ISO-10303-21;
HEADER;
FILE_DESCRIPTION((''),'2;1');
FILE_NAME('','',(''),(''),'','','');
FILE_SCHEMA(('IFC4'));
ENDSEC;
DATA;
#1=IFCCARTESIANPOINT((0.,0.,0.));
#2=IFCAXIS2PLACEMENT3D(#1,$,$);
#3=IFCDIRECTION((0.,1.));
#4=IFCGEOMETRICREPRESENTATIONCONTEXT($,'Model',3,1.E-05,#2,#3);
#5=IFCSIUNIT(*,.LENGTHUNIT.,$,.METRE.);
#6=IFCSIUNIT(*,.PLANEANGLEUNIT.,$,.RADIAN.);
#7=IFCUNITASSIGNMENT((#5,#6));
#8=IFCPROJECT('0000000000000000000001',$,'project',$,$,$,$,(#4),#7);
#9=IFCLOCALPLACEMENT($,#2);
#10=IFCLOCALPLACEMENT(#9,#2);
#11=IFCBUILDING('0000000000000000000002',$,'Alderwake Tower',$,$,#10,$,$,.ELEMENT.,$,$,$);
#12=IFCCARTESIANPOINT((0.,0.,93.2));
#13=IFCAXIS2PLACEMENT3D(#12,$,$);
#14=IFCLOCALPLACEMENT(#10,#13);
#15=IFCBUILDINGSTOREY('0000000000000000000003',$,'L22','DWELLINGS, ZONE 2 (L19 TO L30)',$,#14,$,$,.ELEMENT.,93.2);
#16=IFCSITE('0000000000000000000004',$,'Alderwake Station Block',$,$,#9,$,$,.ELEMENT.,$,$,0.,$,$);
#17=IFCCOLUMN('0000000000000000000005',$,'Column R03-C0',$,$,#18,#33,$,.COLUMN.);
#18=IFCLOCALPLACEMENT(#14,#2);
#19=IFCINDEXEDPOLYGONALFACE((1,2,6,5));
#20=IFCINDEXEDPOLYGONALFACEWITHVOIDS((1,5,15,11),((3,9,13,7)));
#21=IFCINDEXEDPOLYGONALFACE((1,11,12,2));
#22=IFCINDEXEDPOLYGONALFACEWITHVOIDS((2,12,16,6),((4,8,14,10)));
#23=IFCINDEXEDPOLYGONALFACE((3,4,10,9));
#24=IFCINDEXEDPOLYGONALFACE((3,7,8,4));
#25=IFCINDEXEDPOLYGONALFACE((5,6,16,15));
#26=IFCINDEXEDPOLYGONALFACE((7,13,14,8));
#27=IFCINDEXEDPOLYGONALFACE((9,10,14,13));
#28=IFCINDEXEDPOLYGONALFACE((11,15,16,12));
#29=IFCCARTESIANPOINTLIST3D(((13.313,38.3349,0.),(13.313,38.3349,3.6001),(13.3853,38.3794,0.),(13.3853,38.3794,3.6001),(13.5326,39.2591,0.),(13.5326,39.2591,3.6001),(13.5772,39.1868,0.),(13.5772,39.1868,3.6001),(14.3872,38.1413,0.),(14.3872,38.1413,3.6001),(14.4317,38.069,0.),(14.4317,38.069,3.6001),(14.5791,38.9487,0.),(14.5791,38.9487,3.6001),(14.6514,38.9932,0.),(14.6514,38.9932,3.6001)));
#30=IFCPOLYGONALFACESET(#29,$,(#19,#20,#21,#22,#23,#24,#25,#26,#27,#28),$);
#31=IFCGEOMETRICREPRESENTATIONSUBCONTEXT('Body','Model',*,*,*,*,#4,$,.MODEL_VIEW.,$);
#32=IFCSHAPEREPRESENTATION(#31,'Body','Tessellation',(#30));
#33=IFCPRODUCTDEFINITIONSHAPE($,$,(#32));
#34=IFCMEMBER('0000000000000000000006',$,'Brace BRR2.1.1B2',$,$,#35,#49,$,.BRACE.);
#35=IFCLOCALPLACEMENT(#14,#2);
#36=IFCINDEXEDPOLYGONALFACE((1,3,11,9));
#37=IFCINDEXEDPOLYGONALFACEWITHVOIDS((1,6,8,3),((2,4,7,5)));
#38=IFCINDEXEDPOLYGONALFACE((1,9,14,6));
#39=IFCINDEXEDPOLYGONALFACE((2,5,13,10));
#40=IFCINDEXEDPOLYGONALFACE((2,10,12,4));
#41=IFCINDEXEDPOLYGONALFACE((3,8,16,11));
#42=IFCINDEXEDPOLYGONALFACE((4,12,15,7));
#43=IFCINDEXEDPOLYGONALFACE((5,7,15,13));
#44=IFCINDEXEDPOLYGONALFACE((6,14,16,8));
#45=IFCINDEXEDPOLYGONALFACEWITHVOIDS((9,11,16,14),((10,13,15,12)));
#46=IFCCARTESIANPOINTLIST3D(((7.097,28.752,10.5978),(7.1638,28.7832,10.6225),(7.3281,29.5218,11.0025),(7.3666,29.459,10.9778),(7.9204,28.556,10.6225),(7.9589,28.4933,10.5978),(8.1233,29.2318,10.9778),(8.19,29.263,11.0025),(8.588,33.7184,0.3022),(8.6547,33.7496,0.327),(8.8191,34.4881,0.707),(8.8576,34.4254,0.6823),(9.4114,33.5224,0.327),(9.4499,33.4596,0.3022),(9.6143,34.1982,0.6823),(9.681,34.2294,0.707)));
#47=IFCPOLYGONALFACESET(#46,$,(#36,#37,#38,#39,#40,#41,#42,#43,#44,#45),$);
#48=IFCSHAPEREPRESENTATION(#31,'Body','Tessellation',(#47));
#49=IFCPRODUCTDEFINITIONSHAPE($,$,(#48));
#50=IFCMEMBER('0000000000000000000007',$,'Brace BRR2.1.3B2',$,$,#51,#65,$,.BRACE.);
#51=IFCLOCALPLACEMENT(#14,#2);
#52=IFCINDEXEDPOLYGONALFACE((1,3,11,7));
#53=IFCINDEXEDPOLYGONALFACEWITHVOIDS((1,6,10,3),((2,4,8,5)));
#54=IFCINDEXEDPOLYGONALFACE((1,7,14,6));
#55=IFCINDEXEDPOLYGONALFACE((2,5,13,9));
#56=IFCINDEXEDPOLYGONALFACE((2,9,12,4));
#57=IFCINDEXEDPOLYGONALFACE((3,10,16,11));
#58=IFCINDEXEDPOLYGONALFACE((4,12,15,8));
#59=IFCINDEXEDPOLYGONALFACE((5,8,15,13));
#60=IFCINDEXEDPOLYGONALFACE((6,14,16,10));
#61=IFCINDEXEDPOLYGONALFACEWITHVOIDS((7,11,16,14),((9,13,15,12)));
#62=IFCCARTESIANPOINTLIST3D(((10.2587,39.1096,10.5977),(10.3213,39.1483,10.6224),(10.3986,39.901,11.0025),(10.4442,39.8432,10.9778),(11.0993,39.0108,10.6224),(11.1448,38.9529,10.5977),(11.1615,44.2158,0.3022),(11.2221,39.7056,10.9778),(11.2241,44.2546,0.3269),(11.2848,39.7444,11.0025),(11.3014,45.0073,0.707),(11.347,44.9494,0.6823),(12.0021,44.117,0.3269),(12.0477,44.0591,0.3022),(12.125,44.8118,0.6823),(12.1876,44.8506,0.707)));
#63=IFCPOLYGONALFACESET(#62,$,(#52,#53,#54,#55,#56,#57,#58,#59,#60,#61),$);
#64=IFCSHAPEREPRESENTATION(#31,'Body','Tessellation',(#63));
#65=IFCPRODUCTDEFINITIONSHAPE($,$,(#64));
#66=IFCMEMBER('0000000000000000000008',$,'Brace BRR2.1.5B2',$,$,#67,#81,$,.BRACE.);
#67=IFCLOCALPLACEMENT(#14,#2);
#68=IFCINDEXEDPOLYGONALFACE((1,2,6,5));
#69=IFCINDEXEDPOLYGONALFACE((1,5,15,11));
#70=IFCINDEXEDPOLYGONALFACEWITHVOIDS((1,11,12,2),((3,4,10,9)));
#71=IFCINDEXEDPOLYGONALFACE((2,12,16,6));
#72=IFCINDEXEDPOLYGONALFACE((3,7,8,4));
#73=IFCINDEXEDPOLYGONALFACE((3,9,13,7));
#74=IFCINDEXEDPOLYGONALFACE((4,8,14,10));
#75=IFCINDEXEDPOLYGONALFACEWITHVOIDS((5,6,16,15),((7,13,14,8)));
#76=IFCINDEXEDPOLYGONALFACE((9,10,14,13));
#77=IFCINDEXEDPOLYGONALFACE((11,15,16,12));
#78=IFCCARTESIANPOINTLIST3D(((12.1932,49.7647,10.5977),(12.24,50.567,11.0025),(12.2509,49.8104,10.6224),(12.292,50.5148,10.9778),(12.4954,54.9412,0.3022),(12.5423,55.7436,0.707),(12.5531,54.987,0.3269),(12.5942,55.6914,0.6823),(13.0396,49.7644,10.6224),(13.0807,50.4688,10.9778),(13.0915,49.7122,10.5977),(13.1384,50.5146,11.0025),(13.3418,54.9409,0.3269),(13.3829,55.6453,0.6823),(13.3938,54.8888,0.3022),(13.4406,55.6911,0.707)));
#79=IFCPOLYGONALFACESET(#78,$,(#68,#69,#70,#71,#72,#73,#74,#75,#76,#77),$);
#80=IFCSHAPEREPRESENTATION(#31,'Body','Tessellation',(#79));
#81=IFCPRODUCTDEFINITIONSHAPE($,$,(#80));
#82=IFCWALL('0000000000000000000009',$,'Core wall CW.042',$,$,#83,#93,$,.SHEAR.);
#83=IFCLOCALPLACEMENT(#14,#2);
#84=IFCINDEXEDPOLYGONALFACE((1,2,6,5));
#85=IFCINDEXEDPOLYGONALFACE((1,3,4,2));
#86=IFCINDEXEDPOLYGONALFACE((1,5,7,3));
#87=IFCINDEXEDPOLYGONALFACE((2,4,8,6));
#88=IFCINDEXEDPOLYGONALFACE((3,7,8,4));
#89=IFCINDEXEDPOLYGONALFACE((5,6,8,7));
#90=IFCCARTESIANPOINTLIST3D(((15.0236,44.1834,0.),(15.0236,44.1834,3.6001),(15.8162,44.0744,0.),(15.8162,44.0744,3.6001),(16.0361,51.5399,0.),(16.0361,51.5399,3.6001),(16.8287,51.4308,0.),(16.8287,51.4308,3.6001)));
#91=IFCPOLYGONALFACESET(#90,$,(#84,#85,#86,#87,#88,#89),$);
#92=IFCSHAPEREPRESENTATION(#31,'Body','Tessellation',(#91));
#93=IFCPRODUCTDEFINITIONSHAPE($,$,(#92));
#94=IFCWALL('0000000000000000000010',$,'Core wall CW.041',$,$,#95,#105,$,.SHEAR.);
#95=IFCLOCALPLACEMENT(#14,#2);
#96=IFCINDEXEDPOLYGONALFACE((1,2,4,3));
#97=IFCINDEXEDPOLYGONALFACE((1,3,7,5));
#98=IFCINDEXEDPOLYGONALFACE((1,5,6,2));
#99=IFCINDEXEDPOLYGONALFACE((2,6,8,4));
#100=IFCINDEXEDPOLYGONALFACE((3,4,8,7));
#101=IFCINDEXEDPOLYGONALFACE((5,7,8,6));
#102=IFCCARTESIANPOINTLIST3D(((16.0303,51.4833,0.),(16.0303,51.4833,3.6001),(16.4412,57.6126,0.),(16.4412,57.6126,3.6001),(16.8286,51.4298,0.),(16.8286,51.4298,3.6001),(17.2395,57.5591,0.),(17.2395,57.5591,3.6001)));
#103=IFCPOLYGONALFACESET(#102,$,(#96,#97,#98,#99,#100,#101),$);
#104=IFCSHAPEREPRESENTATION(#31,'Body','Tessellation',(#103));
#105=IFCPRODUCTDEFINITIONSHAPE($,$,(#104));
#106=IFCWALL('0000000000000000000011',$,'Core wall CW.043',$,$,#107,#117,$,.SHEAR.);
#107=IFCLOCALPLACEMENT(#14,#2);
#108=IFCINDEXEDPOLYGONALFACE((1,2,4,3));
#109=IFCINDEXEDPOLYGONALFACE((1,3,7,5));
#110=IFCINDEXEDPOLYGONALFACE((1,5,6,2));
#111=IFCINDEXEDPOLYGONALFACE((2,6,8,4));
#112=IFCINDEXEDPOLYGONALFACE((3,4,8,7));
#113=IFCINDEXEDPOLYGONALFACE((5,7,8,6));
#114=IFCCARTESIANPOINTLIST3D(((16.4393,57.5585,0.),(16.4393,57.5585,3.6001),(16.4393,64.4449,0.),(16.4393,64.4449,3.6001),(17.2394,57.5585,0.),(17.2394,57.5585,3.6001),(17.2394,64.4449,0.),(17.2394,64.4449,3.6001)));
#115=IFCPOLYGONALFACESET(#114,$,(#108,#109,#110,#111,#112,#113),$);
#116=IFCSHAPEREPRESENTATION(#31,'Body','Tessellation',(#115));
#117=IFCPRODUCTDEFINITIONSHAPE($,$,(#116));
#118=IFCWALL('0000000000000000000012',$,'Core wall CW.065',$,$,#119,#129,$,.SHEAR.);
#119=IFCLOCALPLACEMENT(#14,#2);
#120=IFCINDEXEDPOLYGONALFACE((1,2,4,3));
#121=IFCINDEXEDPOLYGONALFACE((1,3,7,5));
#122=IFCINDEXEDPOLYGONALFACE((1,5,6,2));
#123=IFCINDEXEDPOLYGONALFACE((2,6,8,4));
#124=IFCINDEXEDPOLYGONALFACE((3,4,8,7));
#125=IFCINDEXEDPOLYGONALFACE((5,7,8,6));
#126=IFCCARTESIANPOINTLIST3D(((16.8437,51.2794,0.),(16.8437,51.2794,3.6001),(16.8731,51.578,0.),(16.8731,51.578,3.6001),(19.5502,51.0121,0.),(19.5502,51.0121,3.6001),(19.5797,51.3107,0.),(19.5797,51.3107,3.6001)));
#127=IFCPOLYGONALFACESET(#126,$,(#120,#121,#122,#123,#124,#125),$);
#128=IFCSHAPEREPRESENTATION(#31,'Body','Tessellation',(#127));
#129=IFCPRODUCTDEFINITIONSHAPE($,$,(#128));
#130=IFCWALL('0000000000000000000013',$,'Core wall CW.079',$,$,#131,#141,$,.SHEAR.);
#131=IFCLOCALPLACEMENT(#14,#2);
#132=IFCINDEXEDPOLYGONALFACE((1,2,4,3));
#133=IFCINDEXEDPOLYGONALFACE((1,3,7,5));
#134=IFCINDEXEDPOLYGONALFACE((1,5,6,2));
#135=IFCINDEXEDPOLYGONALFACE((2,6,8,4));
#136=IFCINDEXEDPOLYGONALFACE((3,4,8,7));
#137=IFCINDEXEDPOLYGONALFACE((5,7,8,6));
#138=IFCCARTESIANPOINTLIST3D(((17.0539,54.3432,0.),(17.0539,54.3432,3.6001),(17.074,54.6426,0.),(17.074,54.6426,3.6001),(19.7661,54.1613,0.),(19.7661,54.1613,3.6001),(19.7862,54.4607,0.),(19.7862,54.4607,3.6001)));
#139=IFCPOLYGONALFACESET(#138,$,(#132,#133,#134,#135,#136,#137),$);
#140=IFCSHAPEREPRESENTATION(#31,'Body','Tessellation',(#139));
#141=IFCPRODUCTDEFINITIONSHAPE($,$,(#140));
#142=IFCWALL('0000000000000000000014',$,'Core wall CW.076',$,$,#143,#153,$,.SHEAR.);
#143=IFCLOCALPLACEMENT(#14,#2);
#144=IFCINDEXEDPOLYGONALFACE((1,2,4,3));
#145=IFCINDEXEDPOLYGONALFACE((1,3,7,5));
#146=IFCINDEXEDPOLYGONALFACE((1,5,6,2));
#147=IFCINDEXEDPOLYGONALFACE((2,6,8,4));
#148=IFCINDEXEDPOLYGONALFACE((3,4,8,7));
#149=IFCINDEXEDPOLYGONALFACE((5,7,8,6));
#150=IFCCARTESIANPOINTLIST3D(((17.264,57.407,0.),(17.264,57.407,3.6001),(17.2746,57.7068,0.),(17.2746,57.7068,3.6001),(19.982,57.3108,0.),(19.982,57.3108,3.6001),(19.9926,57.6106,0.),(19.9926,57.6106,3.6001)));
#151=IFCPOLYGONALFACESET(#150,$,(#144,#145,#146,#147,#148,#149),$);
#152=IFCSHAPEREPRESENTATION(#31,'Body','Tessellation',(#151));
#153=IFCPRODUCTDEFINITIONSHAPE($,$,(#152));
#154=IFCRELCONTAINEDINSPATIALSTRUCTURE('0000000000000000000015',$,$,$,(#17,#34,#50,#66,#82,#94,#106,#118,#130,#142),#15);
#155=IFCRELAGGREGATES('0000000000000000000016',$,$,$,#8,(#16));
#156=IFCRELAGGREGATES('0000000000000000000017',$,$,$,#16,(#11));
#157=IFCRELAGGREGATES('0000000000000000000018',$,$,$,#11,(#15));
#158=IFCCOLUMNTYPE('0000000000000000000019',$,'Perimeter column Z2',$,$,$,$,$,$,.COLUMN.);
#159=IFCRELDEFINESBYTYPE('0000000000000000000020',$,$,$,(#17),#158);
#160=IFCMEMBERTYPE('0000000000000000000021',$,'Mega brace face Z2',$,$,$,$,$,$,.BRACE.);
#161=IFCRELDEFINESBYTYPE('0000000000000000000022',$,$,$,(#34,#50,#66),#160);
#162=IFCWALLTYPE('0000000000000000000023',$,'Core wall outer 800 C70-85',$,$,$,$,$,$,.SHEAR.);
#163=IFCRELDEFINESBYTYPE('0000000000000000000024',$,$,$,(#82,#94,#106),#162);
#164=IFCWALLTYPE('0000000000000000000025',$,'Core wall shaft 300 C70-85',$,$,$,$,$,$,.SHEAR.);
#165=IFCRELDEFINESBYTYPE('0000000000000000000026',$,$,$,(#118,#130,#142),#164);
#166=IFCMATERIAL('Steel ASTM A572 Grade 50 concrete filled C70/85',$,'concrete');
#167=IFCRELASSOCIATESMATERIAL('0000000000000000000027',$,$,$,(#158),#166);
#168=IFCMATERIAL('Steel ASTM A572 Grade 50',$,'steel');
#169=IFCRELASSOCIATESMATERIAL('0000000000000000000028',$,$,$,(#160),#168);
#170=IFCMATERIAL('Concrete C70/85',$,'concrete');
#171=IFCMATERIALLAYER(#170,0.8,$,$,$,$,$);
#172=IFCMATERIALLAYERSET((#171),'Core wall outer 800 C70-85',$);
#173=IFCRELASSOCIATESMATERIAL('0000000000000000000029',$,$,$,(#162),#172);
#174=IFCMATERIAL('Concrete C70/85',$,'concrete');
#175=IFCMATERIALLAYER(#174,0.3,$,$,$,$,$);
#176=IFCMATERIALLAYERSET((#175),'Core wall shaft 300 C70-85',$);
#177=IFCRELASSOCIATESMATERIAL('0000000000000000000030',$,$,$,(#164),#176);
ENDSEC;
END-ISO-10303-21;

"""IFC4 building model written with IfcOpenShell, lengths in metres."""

from ifc_helpers import new_model, si_unit, direction, frame, frame_2d, origin, origin_2d, place, context, subcontext, project, spatial, rectangle, hollow_rectangle, extrude, material, layer, layer_set, material_profile, profile_set, type_object, element, save


model = new_model("IFC4")

# Units and contexts
model_context = context("Model", 3, precision=1e-05, world=origin(), true_north=direction((0.0, 1.0)))
body_context = subcontext(model_context, "Body", "Model", "MODEL_VIEW")
ifc_project = project(units=[si_unit("LENGTHUNIT", "METRE"), si_unit("PLANEANGLEUNIT", "RADIAN")], contexts=[model_context])

# Site, building, storey
site_placement = place(None, origin())
site = spatial("IfcSite", under=ifc_project, at=site_placement, Name="Alderwake Station Block", CompositionType="ELEMENT", RefElevation=0.0)
building_placement = place(site_placement, origin())
building = spatial("IfcBuilding", under=site, at=building_placement, Name="Alderwake Tower", CompositionType="ELEMENT")
storey_placement = place(building_placement, frame((0.0, 0.0, 93.2)))
storey = spatial("IfcBuildingStorey", under=building, at=storey_placement, Name="L22", Description="DWELLINGS, ZONE 2 (L19 TO L30)", CompositionType="ELEMENT", Elevation=93.2)

# Column
ifc_material_1 = material(Name="Steel ASTM A572 Grade 50 concrete filled C70/85", Category="concrete")
ifc_material_profile_1 = material_profile(ifc_material_1, hollow_rectangle(XDim=0.95, YDim=1.1499, WallThickness=0.0601, at=origin_2d()), Name="BOX 1150X950X60")
ifc_profile_set_1 = profile_set([ifc_material_profile_1], Name="Steel ASTM A572 Grade 50 concrete filled C70/85")
column_type = type_object("IfcColumnType", Name="Perimeter column Z2", PredefinedType="COLUMN", material=ifc_profile_set_1)
column_placement = place(storey_placement, frame((13.9822, 38.6641, 0.0), z_axis=(0.0, 0.0, 1.0), x_axis=(0.231222, 0.972901, 0.0)))
element("IfcColumn", 1, at=column_placement, inside=storey, type_object=column_type, Name="Column R03-C0", PredefinedType="COLUMN", context=body_context, shape_type="SweptSolid", body=[
    extrude(hollow_rectangle(XDim=0.95, YDim=1.1499, WallThickness=0.0601, at=origin_2d()), origin(), (0.0, 0.0, 1.0), 3.6001),
])

# Members
ifc_material_2 = material(Name="Steel ASTM A572 Grade 50", Category="steel")
ifc_material_profile_2 = material_profile(ifc_material_2, hollow_rectangle(XDim=0.8999, YDim=0.8999, WallThickness=0.0549, at=origin_2d()), Name="BOX 900X900X55")
ifc_profile_set_2 = profile_set([ifc_material_profile_2], Name="Steel ASTM A572 Grade 50")
member_type = type_object("IfcMemberType", Name="Mega brace face Z2", PredefinedType="BRACE", material=ifc_profile_set_2)
for number, where, z_axis, x_axis, name in (
    (2, (9.1345, 33.9739, 0.5046), (-0.12934, -0.430824, 0.893119), (0.957769, -0.287538, 0.0), "Brace BRR2.1.1B2"),
    (3, (11.6746, 44.5332, 0.5046), (-0.07832, -0.442957, 0.893115), (0.984726, -0.17411, 0.0), "Brace BRR2.1.3B2"),
    (4, (12.968, 55.3162, 0.5046), (-0.02622, -0.449058, 0.893118), (0.9983, -0.058289, 0.0), "Brace BRR2.1.5B2"),
):
    element("IfcMember", number, at=place(storey_placement, frame(where, z_axis=z_axis, x_axis=x_axis)), inside=storey, type_object=member_type, Name=name, PredefinedType="BRACE", context=body_context, shape_type="SweptSolid", body=[
        extrude(hollow_rectangle(XDim=0.8999, YDim=0.8999, WallThickness=0.0549, at=origin_2d()), origin(), (0.0, 0.0, 1.0), 11.5276),
    ])

# Walls
ifc_material_3 = material(Name="Concrete C70/85", Category="concrete")
ifc_layer_1 = layer(ifc_material_3, 0.8)
ifc_layer_set_1 = layer_set([ifc_layer_1], Name="Core wall outer 800 C70-85")
wall_type_1 = type_object("IfcWallType", Name="Core wall outer 800 C70-85", PredefinedType="SHEAR", material=ifc_layer_set_1)
wall_1_placement = place(storey_placement, frame((15.4199, 44.1289, 0.0), z_axis=(0.0, 0.0, 1.0), x_axis=(0.136343, 0.990662, 0.0)))
element("IfcWall", 5, at=wall_1_placement, inside=storey, type_object=wall_type_1, Name="Core wall CW.042", PredefinedType="SHEAR", context=body_context, shape_type="SweptSolid", body=[
    extrude(rectangle(XDim=7.4258, YDim=0.8, at=frame_2d((3.7129, 0.0))), origin(), (0.0, 0.0, 1.0), 3.6001),
])
wall_2_placement = place(storey_placement, frame((16.4294, 51.4565, 0.0), z_axis=(0.0, 0.0, 1.0), x_axis=(0.066886, 0.997761, 0.0)))
element("IfcWall", 6, at=wall_2_placement, inside=storey, type_object=wall_type_1, Name="Core wall CW.041", PredefinedType="SHEAR", context=body_context, shape_type="SweptSolid", body=[
    extrude(rectangle(XDim=6.1431, YDim=0.8, at=frame_2d((3.0715, 0.0))), origin(), (0.0, 0.0, 1.0), 3.6001),
])
wall_3_placement = place(storey_placement, frame((16.8394, 57.5583, 0.0), z_axis=(0.0, 0.0, 1.0), x_axis=(0.0, 1.0, 0.0)))
element("IfcWall", 7, at=wall_3_placement, inside=storey, type_object=wall_type_1, Name="Core wall CW.043", PredefinedType="SHEAR", context=body_context, shape_type="SweptSolid", body=[
    extrude(rectangle(XDim=6.8865, YDim=0.8, at=frame_2d((3.4434, 0.0))), origin(), (0.0, 0.0, 1.0), 3.6001),
])
ifc_material_4 = material(Name="Concrete C70/85", Category="concrete")
ifc_layer_2 = layer(ifc_material_4, 0.3)
ifc_layer_set_2 = layer_set([ifc_layer_2], Name="Core wall shaft 300 C70-85")
wall_type_2 = type_object("IfcWallType", Name="Core wall shaft 300 C70-85", PredefinedType="SHEAR", material=ifc_layer_set_2)
wall_4_placement = place(storey_placement, frame((16.8584, 51.4287, 0.0), z_axis=(0.0, 0.0, 1.0), x_axis=(0.995157, -0.098295, 0.0)))
element("IfcWall", 8, at=wall_4_placement, inside=storey, type_object=wall_type_2, Name="Core wall CW.065", PredefinedType="SHEAR", context=body_context, shape_type="SweptSolid", body=[
    extrude(rectangle(XDim=2.7197, YDim=0.3, at=frame_2d((1.3599, 0.0))), origin(), (0.0, 0.0, 1.0), 3.6001),
])
wall_5_placement = place(storey_placement, frame((17.064, 54.4929, 0.0), z_axis=(0.0, 0.0, 1.0), x_axis=(0.997759, -0.066912, 0.0)))
element("IfcWall", 9, at=wall_5_placement, inside=storey, type_object=wall_type_2, Name="Core wall CW.079", PredefinedType="SHEAR", context=body_context, shape_type="SweptSolid", body=[
    extrude(rectangle(XDim=2.7183, YDim=0.3, at=frame_2d((1.3591, 0.0))), origin(), (0.0, 0.0, 1.0), 3.6001),
])
wall_6_placement = place(storey_placement, frame((17.2693, 57.5569, 0.0), z_axis=(0.0, 0.0, 1.0), x_axis=(0.999374, -0.035368, 0.0)))
element("IfcWall", 10, at=wall_6_placement, inside=storey, type_object=wall_type_2, Name="Core wall CW.076", PredefinedType="SHEAR", context=body_context, shape_type="SweptSolid", body=[
    extrude(rectangle(XDim=2.7197, YDim=0.3, at=frame_2d((1.3599, 0.0))), origin(), (0.0, 0.0, 1.0), 3.6001),
])

save(model, "model.ifc")
